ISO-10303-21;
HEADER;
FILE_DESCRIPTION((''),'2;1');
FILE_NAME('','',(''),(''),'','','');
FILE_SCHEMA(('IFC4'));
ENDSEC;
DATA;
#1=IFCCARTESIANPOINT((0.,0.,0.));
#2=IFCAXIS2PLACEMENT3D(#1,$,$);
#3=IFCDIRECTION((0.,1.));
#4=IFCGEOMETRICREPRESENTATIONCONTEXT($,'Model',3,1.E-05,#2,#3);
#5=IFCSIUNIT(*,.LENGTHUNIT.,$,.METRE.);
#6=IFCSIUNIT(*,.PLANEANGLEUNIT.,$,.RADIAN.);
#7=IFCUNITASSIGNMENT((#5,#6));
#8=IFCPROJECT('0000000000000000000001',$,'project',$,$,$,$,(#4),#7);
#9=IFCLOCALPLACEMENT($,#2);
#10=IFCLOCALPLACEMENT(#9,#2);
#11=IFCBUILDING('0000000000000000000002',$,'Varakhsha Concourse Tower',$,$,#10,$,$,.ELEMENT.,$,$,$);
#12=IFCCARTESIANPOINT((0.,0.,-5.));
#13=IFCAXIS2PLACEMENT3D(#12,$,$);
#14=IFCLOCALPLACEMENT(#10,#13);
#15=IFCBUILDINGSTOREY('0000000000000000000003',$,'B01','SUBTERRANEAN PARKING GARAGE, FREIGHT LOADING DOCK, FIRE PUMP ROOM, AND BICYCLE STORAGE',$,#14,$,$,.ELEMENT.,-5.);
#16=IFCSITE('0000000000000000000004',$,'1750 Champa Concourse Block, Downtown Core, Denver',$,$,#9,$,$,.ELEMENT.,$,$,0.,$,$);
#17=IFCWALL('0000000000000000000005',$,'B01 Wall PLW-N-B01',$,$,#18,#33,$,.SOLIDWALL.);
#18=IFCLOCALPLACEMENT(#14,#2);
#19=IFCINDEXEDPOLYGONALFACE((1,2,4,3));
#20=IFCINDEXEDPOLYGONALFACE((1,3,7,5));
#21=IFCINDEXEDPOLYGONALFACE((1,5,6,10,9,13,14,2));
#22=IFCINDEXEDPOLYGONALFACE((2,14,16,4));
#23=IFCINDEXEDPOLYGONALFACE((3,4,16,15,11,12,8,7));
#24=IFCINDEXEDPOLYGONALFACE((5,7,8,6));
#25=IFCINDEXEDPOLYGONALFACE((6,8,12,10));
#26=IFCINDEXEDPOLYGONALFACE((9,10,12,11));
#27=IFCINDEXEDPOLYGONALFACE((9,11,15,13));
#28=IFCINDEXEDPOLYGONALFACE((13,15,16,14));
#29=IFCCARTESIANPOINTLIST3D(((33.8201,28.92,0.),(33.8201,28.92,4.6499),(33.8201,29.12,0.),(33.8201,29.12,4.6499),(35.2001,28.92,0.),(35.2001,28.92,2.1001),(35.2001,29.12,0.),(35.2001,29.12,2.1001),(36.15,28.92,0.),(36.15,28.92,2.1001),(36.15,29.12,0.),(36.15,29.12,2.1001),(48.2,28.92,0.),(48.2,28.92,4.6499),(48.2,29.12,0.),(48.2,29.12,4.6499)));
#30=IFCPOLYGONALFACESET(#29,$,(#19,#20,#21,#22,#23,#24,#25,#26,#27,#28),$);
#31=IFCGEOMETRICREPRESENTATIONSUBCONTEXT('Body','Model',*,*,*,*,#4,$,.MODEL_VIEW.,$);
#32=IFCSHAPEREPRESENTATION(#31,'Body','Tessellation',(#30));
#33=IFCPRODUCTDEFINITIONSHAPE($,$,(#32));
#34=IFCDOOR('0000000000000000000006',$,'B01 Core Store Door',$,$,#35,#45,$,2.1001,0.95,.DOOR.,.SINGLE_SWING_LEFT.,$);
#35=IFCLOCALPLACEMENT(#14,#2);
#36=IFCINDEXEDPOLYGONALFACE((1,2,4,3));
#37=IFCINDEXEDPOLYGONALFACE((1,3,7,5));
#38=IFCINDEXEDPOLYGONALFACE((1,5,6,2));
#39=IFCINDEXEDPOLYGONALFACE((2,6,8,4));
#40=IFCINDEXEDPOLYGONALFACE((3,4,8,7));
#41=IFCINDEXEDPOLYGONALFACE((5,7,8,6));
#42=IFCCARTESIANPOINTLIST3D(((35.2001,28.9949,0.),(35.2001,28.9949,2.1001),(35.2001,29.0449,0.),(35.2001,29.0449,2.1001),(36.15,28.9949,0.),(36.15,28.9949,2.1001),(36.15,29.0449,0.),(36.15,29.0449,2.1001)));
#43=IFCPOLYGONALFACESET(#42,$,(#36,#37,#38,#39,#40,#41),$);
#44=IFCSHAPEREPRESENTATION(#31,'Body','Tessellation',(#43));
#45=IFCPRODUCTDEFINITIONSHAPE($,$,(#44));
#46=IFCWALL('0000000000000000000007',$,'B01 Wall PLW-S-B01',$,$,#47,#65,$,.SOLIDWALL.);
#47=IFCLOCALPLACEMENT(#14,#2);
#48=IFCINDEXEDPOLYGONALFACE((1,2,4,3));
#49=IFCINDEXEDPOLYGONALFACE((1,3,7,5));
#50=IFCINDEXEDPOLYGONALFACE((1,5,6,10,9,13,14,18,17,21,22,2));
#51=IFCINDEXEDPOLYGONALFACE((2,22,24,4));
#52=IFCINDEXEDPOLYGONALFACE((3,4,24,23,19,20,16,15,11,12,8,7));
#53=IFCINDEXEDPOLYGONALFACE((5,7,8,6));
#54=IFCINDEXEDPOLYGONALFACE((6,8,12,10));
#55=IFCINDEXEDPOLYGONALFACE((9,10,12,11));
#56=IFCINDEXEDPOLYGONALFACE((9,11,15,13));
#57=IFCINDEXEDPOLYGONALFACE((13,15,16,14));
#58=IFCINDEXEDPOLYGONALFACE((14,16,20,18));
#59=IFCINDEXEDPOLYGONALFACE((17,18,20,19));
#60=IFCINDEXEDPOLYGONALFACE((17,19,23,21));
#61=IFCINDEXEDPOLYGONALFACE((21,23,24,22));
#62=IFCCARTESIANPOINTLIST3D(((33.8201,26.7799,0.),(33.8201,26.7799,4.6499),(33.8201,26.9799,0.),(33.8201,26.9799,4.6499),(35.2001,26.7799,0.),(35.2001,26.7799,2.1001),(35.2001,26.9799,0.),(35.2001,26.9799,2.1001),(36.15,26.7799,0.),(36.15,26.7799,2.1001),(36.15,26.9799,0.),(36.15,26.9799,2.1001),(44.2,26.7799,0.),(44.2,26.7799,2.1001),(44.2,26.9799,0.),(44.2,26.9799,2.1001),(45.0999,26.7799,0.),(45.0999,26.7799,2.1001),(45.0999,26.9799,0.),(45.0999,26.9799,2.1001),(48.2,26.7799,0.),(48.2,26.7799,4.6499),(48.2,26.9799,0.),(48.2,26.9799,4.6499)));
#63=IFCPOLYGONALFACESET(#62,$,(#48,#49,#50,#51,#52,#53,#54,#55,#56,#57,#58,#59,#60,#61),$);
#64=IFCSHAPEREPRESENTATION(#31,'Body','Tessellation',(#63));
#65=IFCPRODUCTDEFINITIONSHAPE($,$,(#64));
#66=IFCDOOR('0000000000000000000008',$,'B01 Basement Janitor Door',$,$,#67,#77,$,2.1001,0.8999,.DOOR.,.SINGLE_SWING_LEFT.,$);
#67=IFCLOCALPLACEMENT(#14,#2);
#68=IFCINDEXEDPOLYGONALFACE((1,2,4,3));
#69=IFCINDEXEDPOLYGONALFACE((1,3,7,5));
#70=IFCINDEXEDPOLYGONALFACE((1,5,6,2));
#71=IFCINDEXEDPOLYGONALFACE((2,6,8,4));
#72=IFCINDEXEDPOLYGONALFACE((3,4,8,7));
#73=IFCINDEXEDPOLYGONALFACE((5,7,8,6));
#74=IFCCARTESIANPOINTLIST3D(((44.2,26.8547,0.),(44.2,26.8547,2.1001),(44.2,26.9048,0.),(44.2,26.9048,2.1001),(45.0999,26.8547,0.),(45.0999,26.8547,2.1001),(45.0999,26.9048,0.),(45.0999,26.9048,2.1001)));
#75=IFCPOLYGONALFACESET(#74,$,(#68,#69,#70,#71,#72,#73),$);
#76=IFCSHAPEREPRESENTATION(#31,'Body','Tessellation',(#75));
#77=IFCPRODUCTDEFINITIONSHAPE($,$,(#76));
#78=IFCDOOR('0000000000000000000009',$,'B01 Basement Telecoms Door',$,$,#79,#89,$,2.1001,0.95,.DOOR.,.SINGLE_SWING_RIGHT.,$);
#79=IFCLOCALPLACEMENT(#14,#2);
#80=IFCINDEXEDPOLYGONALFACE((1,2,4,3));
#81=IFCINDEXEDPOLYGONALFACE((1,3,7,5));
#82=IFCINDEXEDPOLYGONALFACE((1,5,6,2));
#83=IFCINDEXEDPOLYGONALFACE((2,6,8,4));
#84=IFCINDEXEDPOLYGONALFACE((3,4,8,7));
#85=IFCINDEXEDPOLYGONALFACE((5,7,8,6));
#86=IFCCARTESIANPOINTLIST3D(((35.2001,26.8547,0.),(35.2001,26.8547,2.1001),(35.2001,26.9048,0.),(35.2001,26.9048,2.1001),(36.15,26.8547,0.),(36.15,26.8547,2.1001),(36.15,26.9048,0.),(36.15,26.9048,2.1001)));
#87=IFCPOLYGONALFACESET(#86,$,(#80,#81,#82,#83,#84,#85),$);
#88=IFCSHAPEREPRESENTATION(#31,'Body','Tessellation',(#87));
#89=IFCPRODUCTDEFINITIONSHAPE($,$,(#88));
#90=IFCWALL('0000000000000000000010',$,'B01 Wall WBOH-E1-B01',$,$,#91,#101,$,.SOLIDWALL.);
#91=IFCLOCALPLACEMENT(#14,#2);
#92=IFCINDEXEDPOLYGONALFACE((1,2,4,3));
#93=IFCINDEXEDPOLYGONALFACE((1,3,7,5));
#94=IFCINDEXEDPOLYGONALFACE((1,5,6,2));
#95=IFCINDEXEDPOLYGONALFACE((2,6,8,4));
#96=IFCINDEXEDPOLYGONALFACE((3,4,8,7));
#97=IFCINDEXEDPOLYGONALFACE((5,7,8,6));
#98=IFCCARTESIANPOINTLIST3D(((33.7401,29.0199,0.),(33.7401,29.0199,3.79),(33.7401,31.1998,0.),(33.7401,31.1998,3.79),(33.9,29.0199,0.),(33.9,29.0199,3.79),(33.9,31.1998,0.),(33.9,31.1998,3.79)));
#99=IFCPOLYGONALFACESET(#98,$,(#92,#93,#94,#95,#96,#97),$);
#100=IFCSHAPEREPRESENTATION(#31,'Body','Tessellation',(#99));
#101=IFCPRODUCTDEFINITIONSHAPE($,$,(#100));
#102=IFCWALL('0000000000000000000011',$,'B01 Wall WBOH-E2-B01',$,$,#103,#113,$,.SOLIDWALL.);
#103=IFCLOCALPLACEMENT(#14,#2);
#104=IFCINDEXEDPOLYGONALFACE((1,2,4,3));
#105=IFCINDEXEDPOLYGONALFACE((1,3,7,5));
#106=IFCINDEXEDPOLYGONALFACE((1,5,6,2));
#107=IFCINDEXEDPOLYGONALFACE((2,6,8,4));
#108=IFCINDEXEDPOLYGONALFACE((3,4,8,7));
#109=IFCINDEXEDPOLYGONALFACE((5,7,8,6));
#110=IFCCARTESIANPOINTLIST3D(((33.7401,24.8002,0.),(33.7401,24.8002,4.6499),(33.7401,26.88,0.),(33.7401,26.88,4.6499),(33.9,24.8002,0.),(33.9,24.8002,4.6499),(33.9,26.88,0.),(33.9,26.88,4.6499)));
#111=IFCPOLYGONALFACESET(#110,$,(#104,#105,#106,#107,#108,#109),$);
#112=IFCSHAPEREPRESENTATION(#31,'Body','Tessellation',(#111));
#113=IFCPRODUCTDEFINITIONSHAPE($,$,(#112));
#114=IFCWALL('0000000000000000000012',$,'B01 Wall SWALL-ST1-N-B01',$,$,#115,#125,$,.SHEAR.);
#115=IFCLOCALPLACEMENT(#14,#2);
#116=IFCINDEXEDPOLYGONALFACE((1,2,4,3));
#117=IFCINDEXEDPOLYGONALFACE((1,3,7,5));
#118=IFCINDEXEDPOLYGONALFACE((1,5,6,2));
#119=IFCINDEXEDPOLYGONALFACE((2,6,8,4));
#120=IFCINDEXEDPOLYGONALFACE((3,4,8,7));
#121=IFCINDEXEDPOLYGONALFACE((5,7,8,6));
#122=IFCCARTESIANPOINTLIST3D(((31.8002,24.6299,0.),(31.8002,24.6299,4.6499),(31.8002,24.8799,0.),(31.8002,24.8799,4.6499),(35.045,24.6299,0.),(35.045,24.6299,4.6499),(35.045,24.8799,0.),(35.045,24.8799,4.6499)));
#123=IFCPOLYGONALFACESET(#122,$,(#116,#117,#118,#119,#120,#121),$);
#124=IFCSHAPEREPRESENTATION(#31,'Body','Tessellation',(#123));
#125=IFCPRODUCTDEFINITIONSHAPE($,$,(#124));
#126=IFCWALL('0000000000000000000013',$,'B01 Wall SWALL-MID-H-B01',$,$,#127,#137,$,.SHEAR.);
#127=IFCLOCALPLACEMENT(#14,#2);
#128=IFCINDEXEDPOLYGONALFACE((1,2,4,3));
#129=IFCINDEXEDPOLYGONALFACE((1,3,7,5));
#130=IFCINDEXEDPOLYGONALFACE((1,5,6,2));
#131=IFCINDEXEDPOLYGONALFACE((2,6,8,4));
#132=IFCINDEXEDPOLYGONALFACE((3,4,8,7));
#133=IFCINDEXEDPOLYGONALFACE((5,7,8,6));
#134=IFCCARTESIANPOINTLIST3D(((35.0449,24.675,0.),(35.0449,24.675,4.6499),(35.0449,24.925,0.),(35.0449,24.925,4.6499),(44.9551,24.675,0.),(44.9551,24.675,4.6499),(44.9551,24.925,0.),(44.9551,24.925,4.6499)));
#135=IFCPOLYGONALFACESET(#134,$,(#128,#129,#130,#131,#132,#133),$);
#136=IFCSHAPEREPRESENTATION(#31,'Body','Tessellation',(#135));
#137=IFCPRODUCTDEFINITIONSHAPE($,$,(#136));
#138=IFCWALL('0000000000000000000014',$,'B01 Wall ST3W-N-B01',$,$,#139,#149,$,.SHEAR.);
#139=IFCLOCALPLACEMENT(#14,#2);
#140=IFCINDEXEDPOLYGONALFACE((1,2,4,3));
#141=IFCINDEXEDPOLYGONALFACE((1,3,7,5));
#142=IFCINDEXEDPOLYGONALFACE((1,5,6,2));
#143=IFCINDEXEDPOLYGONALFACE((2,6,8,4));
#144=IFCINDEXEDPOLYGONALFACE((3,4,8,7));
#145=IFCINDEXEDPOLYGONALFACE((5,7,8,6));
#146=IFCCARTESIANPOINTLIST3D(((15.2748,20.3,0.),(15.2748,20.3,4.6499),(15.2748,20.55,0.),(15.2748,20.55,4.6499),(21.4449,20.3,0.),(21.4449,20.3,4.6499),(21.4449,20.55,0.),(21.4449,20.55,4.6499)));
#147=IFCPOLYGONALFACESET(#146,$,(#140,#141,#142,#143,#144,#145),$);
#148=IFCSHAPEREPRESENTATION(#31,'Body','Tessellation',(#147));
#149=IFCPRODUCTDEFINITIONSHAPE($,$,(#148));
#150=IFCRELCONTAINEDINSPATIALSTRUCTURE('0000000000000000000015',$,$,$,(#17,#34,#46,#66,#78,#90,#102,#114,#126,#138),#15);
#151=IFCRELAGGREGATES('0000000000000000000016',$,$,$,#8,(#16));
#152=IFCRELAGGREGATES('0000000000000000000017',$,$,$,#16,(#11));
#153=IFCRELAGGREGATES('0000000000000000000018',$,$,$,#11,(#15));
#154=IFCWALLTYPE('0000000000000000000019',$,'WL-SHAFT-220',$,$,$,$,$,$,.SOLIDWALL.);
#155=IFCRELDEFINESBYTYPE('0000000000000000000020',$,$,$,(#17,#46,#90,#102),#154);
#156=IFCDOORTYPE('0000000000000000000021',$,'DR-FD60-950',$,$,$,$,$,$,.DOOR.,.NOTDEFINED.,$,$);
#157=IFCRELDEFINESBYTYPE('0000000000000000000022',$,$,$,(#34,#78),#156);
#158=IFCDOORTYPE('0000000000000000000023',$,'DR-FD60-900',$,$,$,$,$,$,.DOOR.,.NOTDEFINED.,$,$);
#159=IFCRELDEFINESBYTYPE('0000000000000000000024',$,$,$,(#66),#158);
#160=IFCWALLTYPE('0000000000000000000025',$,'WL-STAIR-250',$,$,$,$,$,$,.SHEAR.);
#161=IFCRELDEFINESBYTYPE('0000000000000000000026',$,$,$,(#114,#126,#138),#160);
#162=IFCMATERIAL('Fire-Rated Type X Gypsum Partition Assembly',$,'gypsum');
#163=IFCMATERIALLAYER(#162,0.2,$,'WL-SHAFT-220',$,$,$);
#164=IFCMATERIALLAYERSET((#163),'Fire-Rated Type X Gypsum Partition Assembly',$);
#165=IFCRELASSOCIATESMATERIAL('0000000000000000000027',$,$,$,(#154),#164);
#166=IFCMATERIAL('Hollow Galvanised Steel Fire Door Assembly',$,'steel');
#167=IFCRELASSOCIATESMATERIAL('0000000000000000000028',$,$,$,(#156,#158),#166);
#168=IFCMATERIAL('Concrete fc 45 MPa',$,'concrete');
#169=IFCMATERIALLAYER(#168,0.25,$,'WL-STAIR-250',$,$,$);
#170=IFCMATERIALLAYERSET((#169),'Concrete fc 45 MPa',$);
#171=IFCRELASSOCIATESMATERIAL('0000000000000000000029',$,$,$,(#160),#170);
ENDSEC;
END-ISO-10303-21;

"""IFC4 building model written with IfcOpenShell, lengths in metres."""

from ifc_helpers import new_model, si_unit, direction, frame, frame_2d, origin, place, context, subcontext, project, spatial, rectangle, extrude, material, layer, layer_set, type_object, element, fill, save


model = new_model("IFC4")

# Units and contexts
model_context = context("Model", 3, precision=1e-05, world=origin(), true_north=direction((0.0, 1.0)))
body_context = subcontext(model_context, "Body", "Model", "MODEL_VIEW")
ifc_project = project(units=[si_unit("LENGTHUNIT", "METRE"), si_unit("PLANEANGLEUNIT", "RADIAN")], contexts=[model_context])

# Site, building, storey
site_placement = place(None, origin())
site = spatial("IfcSite", under=ifc_project, at=site_placement, Name="1750 Champa Concourse Block, Downtown Core, Denver", CompositionType="ELEMENT", RefElevation=0.0)
building_placement = place(site_placement, origin())
building = spatial("IfcBuilding", under=site, at=building_placement, Name="Varakhsha Concourse Tower", CompositionType="ELEMENT")
storey_placement = place(building_placement, frame((0.0, 0.0, -5.0)))
storey = spatial("IfcBuildingStorey", under=building, at=storey_placement, Name="B01", Description="SUBTERRANEAN PARKING GARAGE, FREIGHT LOADING DOCK, FIRE PUMP ROOM, AND BICYCLE STORAGE", CompositionType="ELEMENT", Elevation=-5.0)

# Shared definitions
ifc_material_1 = material(Name="Fire-Rated Type X Gypsum Partition Assembly", Category="gypsum")

# Wall, opening, door
ifc_material_2 = material(Name="Hollow Galvanised Steel Fire Door Assembly", Category="steel")
ifc_layer_1 = layer(ifc_material_1, 0.2, Name="WL-SHAFT-220")
ifc_layer_set_1 = layer_set([ifc_layer_1], Name="Fire-Rated Type X Gypsum Partition Assembly")
wall_type_1 = type_object("IfcWallType", Name="WL-SHAFT-220", PredefinedType="SOLIDWALL", material=ifc_layer_set_1)
wall_1_placement = place(storey_placement, frame((33.8201, 29.02, 0.0), z_axis=(0.0, 0.0, 1.0), x_axis=(1.0, 0.0, 0.0)))
wall_1 = element("IfcWall", 1, at=wall_1_placement, inside=storey, type_object=wall_type_1, Name="B01 Wall PLW-N-B01", PredefinedType="SOLIDWALL", context=body_context, shape_type="SweptSolid", body=[
    extrude(rectangle(XDim=14.3799, YDim=0.2, at=frame_2d((7.1899, 0.0))), origin(), (0.0, 0.0, 1.0), 4.6499),
])
opening_1_placement = place(wall_1_placement, frame((1.3799, 0.0, 0.0)))
opening_1 = element("IfcOpeningElement", 2, at=opening_1_placement, cuts=wall_1, PredefinedType="OPENING", context=body_context, shape_type="SweptSolid", body=[
    extrude(rectangle(XDim=0.95, YDim=2.1001, at=frame_2d((0.4751, 1.05))), frame((0.0, 0.1099, 0.0), z_axis=(0.0, -1.0, 0.0), x_axis=(1.0, 0.0, 0.0)), (0.0, 0.0, 1.0), 0.22),
])
door_type_1 = type_object("IfcDoorType", Name="DR-FD60-950", OperationType="NOTDEFINED", PredefinedType="DOOR", material=ifc_material_2)
door_1_placement = place(opening_1_placement, origin())
door_1 = element("IfcDoor", 3, at=door_1_placement, inside=storey, type_object=door_type_1, Name="B01 Core Store Door", OperationType="SINGLE_SWING_LEFT", OverallHeight=2.1001, OverallWidth=0.95, PredefinedType="DOOR", context=body_context, shape_type="SweptSolid", body=[
    extrude(rectangle(XDim=0.95, YDim=2.1001, at=frame_2d((0.4751, 1.05))), frame((0.0, 0.0249, 0.0), z_axis=(0.0, -1.0, 0.0), x_axis=(1.0, 0.0, 0.0)), (0.0, 0.0, 1.0), 0.05),
])
fill(opening_1, door_1)

# Wall, openings, doors
wall_2_placement = place(storey_placement, frame((33.8201, 26.8799, 0.0), z_axis=(0.0, 0.0, 1.0), x_axis=(1.0, 0.0, 0.0)))
wall_2 = element("IfcWall", 4, at=wall_2_placement, inside=storey, type_object=wall_type_1, Name="B01 Wall PLW-S-B01", PredefinedType="SOLIDWALL", context=body_context, shape_type="SweptSolid", body=[
    extrude(rectangle(XDim=14.3799, YDim=0.2, at=frame_2d((7.1899, 0.0))), origin(), (0.0, 0.0, 1.0), 4.6499),
])
opening_2_placement = place(wall_2_placement, frame((1.3799, 0.0, 0.0)))
opening_2 = element("IfcOpeningElement", 5, at=opening_2_placement, cuts=wall_2, PredefinedType="OPENING", context=body_context, shape_type="SweptSolid", body=[
    extrude(rectangle(XDim=0.95, YDim=2.1001, at=frame_2d((0.4751, 1.05))), frame((0.0, 0.1099, 0.0), z_axis=(0.0, -1.0, 0.0), x_axis=(1.0, 0.0, 0.0)), (0.0, 0.0, 1.0), 0.22),
])
opening_3_placement = place(wall_2_placement, frame((10.3799, 0.0, 0.0)))
opening_3 = element("IfcOpeningElement", 6, at=opening_3_placement, cuts=wall_2, PredefinedType="OPENING", context=body_context, shape_type="SweptSolid", body=[
    extrude(rectangle(XDim=0.8999, YDim=2.1001, at=frame_2d((0.45, 1.05))), frame((0.0, 0.1099, 0.0), z_axis=(0.0, -1.0, 0.0), x_axis=(1.0, 0.0, 0.0)), (0.0, 0.0, 1.0), 0.22),
])
door_type_2 = type_object("IfcDoorType", Name="DR-FD60-900", OperationType="NOTDEFINED", PredefinedType="DOOR", material=ifc_material_2)
door_2_placement = place(opening_3_placement, origin())
door_2 = element("IfcDoor", 7, at=door_2_placement, inside=storey, type_object=door_type_2, Name="B01 Basement Janitor Door", OperationType="SINGLE_SWING_LEFT", OverallHeight=2.1001, OverallWidth=0.8999, PredefinedType="DOOR", context=body_context, shape_type="SweptSolid", body=[
    extrude(rectangle(XDim=0.8999, YDim=2.1001, at=frame_2d((0.45, 1.05))), frame((0.0, 0.0249, 0.0), z_axis=(0.0, -1.0, 0.0), x_axis=(1.0, 0.0, 0.0)), (0.0, 0.0, 1.0), 0.05),
])
fill(opening_3, door_2)
door_3_placement = place(opening_2_placement, origin())
door_3 = element("IfcDoor", 8, at=door_3_placement, inside=storey, type_object=door_type_1, Name="B01 Basement Telecoms Door", OperationType="SINGLE_SWING_RIGHT", OverallHeight=2.1001, OverallWidth=0.95, PredefinedType="DOOR", context=body_context, shape_type="SweptSolid", body=[
    extrude(rectangle(XDim=0.95, YDim=2.1001, at=frame_2d((0.4751, 1.05))), frame((0.0, 0.0249, 0.0), z_axis=(0.0, -1.0, 0.0), x_axis=(1.0, 0.0, 0.0)), (0.0, 0.0, 1.0), 0.05),
])
fill(opening_2, door_3)

# Walls
wall_3_placement = place(storey_placement, frame((33.8201, 29.02, 0.0), z_axis=(0.0, 0.0, 1.0), x_axis=(0.0, 1.0, 0.0)))
element("IfcWall", 9, at=wall_3_placement, inside=storey, type_object=wall_type_1, Name="B01 Wall WBOH-E1-B01", PredefinedType="SOLIDWALL", context=body_context, shape_type="SweptSolid", body=[
    extrude(rectangle(XDim=2.1799, YDim=0.1599, at=frame_2d((1.0898, 0.0))), origin(), (0.0, 0.0, 1.0), 3.79),
])
wall_4_placement = place(storey_placement, frame((33.8201, 24.8, 0.0), z_axis=(0.0, 0.0, 1.0), x_axis=(0.0, 1.0, 0.0)))
element("IfcWall", 10, at=wall_4_placement, inside=storey, type_object=wall_type_1, Name="B01 Wall WBOH-E2-B01", PredefinedType="SOLIDWALL", context=body_context, shape_type="SweptSolid", body=[
    extrude(rectangle(XDim=2.0798, YDim=0.1599, at=frame_2d((1.04, 0.0))), origin(), (0.0, 0.0, 1.0), 4.6499),
])
ifc_material_3 = material(Name="Concrete fc 45 MPa", Category="concrete")
ifc_layer_2 = layer(ifc_material_3, 0.25, Name="WL-STAIR-250")
ifc_layer_set_2 = layer_set([ifc_layer_2], Name="Concrete fc 45 MPa")
wall_type_2 = type_object("IfcWallType", Name="WL-STAIR-250", PredefinedType="SHEAR", material=ifc_layer_set_2)
wall_5_placement = place(storey_placement, frame((31.8, 24.7549, 0.0), z_axis=(0.0, 0.0, 1.0), x_axis=(1.0, 0.0, 0.0)))
element("IfcWall", 11, at=wall_5_placement, inside=storey, type_object=wall_type_2, Name="B01 Wall SWALL-ST1-N-B01", PredefinedType="SHEAR", context=body_context, shape_type="SweptSolid", body=[
    extrude(rectangle(XDim=3.2449, YDim=0.25, at=frame_2d((1.6226, 0.0))), origin(), (0.0, 0.0, 1.0), 4.6499),
])
wall_6_placement = place(storey_placement, frame((35.0449, 24.8, 0.0), z_axis=(0.0, 0.0, 1.0), x_axis=(1.0, 0.0, 0.0)))
element("IfcWall", 12, at=wall_6_placement, inside=storey, type_object=wall_type_2, Name="B01 Wall SWALL-MID-H-B01", PredefinedType="SHEAR", context=body_context, shape_type="SweptSolid", body=[
    extrude(rectangle(XDim=9.9102, YDim=0.25, at=frame_2d((4.9551, 0.0))), origin(), (0.0, 0.0, 1.0), 4.6499),
])
wall_7_placement = place(storey_placement, frame((15.2749, 20.425, 0.0), z_axis=(0.0, 0.0, 1.0), x_axis=(1.0, 0.0, 0.0)))
element("IfcWall", 13, at=wall_7_placement, inside=storey, type_object=wall_type_2, Name="B01 Wall ST3W-N-B01", PredefinedType="SHEAR", context=body_context, shape_type="SweptSolid", body=[
    extrude(rectangle(XDim=6.1702, YDim=0.25, at=frame_2d((3.085, 0.0))), origin(), (0.0, 0.0, 1.0), 4.6499),
])

save(model, "model.ifc")
